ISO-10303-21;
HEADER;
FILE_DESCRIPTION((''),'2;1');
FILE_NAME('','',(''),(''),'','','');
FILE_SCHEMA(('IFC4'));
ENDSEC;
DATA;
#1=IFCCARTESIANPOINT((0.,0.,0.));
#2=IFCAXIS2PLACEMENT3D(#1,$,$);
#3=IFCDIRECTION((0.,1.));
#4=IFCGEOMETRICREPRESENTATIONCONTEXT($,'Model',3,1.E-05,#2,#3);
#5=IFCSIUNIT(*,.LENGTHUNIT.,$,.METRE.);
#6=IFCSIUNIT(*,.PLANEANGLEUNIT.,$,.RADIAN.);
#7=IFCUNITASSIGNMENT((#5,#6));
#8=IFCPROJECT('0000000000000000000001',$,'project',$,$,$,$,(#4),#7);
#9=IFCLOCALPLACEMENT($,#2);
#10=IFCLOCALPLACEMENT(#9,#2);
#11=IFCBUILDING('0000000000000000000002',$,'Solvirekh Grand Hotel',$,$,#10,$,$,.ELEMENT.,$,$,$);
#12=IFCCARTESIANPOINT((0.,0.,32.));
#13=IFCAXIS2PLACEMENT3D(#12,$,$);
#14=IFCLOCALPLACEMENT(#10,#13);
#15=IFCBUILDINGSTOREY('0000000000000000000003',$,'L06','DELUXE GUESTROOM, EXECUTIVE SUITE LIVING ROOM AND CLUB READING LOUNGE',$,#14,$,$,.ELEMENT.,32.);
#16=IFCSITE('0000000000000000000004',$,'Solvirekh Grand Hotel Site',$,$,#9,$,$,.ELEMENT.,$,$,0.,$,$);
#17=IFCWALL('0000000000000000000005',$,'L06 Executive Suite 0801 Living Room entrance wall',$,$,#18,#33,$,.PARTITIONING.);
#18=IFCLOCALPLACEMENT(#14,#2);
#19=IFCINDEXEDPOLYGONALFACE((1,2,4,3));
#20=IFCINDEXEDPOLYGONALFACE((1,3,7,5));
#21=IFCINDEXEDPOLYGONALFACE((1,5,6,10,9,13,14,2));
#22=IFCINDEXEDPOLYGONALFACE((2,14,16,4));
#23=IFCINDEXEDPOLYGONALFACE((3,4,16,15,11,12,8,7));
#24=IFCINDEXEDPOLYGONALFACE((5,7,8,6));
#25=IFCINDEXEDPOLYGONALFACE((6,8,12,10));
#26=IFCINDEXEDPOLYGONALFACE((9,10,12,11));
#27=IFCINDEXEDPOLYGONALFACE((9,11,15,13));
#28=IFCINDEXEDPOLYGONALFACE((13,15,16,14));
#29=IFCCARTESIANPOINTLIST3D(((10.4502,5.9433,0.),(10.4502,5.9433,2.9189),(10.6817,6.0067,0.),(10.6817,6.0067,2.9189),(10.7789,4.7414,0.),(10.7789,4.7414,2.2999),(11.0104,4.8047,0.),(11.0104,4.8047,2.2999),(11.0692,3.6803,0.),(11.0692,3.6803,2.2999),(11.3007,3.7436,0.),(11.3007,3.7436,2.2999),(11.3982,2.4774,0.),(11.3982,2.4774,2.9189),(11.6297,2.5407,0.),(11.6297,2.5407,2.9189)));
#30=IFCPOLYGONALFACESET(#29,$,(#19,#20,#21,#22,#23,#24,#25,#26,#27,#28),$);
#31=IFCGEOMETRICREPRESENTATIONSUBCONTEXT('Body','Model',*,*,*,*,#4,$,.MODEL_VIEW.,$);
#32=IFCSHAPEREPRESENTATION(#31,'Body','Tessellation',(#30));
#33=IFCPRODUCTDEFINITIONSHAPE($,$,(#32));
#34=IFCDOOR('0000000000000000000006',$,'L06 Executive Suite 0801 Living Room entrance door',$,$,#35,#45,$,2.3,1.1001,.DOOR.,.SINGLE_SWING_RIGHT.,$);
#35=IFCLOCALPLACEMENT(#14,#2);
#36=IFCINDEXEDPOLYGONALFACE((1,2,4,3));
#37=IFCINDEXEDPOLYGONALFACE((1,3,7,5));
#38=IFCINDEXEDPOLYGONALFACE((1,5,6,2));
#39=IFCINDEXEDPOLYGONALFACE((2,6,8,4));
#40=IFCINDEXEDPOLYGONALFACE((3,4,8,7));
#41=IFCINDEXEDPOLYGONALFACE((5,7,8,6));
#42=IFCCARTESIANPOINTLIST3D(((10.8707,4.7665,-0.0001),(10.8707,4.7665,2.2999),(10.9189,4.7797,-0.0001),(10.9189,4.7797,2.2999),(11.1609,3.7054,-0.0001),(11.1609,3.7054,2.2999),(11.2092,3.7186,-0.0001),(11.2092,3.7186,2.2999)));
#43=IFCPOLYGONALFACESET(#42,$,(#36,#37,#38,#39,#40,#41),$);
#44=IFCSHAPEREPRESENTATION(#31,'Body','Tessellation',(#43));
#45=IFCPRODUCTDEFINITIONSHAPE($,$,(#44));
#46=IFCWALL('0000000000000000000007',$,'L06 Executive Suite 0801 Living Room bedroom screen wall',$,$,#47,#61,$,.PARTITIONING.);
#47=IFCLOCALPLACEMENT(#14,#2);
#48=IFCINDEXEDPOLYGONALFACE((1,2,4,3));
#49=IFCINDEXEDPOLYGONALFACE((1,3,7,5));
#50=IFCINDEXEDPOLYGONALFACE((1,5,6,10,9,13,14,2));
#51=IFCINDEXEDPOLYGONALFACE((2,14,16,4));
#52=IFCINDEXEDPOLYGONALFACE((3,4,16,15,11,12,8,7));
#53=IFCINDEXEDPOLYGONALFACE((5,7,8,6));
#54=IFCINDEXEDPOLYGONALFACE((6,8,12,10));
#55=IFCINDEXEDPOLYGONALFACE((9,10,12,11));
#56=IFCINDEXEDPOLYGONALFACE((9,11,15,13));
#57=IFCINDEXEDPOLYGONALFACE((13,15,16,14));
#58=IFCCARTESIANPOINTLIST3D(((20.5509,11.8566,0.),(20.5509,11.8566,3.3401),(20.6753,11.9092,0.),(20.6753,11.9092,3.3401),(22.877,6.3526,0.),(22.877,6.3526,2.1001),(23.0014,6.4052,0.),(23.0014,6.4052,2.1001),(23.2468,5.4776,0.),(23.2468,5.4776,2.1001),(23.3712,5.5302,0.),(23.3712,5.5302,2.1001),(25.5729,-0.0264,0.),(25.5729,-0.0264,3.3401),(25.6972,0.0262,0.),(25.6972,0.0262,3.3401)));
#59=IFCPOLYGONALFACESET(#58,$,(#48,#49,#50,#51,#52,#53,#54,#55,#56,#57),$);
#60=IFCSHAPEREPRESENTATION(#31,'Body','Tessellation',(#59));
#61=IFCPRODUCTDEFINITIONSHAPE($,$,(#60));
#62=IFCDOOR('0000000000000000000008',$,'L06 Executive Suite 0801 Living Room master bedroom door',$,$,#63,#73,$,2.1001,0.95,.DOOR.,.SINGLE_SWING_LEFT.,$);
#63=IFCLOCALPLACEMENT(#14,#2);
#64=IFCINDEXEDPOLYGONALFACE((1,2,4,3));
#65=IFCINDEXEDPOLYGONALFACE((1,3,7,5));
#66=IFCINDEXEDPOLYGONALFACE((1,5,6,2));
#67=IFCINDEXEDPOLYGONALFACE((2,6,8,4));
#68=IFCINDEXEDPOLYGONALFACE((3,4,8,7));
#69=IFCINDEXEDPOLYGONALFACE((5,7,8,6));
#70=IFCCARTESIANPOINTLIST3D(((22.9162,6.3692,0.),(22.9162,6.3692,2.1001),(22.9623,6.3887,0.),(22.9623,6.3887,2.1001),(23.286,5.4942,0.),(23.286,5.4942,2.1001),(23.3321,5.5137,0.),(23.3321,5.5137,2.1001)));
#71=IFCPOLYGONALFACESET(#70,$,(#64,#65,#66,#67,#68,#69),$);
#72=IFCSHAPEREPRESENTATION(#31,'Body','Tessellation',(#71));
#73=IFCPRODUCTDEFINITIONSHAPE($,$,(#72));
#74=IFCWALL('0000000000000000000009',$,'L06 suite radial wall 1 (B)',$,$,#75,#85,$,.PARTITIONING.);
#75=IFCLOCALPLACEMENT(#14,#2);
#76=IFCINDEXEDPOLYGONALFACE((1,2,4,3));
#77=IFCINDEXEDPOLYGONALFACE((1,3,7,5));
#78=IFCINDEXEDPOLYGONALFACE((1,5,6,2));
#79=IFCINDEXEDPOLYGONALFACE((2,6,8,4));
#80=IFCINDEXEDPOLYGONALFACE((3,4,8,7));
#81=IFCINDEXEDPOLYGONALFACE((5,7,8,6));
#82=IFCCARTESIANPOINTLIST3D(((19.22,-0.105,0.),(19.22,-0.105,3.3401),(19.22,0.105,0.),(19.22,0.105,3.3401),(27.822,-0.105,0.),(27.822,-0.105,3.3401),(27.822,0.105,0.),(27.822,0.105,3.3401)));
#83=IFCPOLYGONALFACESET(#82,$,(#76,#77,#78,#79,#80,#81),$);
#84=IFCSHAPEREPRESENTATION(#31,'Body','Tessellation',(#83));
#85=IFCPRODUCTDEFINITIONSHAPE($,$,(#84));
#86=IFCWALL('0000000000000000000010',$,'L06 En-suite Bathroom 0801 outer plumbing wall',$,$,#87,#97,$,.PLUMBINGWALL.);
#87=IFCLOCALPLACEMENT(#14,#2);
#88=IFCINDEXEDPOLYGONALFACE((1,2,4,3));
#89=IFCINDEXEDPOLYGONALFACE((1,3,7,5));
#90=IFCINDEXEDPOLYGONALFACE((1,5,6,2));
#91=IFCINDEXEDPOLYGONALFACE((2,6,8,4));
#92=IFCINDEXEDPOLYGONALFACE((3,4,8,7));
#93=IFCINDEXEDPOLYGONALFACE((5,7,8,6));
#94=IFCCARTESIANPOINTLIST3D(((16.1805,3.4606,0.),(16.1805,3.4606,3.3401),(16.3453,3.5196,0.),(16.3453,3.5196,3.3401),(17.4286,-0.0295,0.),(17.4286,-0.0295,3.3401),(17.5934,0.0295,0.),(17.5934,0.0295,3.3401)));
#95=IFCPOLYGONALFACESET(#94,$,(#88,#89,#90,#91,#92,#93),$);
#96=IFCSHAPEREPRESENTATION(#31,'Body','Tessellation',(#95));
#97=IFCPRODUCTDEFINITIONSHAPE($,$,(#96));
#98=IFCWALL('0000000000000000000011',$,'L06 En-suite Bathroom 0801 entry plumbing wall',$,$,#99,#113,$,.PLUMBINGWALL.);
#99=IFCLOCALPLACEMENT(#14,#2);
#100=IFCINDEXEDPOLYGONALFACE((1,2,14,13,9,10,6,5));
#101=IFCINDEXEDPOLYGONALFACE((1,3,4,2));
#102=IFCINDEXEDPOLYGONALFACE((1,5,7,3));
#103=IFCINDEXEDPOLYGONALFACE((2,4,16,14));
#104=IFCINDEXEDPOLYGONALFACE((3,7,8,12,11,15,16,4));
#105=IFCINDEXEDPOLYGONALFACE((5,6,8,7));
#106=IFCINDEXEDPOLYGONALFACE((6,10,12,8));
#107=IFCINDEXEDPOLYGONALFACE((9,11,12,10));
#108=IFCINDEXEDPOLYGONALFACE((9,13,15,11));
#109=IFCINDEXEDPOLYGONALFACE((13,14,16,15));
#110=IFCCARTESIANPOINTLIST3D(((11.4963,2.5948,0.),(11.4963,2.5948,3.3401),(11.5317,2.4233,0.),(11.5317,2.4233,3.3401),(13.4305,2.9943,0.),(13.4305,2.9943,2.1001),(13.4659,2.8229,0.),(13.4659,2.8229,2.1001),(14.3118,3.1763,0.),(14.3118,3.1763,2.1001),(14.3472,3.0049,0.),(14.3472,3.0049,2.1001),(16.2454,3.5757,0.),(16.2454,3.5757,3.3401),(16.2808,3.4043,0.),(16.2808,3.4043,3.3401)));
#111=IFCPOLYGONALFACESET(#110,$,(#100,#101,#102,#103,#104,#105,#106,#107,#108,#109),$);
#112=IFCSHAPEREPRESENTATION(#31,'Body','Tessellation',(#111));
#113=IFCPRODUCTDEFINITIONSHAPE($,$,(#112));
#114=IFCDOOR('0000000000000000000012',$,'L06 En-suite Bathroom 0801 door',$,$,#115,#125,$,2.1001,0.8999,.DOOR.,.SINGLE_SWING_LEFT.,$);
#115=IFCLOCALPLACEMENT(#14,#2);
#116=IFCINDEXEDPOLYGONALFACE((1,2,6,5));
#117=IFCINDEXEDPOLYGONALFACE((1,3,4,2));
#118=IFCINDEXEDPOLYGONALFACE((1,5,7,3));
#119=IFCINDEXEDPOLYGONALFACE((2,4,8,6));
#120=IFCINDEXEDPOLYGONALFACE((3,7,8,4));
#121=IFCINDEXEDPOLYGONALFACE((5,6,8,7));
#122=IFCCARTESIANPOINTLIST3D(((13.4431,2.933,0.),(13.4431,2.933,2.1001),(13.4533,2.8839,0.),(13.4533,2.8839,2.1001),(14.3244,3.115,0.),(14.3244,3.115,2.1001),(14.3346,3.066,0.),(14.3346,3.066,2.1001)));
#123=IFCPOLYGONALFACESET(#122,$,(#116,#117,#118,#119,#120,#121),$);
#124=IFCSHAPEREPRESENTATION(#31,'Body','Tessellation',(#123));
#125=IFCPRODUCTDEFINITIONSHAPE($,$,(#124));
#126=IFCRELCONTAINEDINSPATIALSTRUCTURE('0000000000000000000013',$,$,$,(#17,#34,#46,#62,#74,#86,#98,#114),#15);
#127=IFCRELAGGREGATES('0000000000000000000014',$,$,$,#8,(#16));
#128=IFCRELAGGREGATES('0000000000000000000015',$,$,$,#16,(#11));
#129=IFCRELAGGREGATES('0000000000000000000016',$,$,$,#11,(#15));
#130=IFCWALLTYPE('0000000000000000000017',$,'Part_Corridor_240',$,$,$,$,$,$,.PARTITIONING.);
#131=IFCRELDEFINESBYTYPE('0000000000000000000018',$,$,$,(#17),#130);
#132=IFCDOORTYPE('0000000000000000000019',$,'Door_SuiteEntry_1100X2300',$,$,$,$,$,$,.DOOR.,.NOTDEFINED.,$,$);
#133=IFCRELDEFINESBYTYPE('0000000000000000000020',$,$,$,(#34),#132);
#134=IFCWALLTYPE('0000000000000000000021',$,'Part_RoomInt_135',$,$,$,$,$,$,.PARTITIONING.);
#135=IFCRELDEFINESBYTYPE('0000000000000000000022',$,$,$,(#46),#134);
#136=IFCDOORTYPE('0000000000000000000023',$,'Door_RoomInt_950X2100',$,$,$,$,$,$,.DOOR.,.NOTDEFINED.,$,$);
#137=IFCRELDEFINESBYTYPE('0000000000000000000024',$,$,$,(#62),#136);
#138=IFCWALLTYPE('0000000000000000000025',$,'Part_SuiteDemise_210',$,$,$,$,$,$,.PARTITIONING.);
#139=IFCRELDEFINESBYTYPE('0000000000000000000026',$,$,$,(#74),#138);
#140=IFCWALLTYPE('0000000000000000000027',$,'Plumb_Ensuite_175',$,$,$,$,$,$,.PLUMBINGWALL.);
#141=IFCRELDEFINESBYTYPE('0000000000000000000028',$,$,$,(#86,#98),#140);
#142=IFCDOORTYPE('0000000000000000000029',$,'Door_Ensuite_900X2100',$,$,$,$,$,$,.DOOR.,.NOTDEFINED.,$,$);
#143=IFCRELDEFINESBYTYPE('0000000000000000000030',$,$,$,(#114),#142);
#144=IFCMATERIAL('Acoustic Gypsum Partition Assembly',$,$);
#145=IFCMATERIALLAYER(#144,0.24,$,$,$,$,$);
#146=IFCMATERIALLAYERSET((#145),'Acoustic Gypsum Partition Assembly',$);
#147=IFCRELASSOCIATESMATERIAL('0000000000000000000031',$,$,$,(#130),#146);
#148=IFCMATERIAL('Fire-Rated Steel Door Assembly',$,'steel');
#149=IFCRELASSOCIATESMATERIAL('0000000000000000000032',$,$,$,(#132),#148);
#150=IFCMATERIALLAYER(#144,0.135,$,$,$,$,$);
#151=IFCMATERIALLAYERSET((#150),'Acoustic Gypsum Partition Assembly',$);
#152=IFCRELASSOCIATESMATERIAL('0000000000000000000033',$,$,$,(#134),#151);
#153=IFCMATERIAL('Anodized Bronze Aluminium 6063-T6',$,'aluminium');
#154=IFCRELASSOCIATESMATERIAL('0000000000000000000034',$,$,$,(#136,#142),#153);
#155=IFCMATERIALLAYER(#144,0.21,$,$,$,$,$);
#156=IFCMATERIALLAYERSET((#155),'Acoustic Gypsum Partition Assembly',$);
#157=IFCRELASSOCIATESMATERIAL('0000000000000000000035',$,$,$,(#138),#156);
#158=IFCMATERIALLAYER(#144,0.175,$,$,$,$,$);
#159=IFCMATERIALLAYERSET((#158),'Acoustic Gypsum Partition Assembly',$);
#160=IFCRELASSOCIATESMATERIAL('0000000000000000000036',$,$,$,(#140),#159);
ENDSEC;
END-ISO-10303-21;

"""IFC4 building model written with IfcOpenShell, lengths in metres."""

from ifc_helpers import new_model, si_unit, direction, frame, frame_2d, origin, place, context, subcontext, project, spatial, rectangle, extrude, material, layer, layer_set, type_object, element, fill, save


model = new_model("IFC4")

# Units and contexts
model_context = context("Model", 3, precision=1e-05, world=origin(), true_north=direction((0.0, 1.0)))
body_context = subcontext(model_context, "Body", "Model", "MODEL_VIEW")
ifc_project = project(units=[si_unit("LENGTHUNIT", "METRE"), si_unit("PLANEANGLEUNIT", "RADIAN")], contexts=[model_context])

# Site, building, storey
site_placement = place(None, origin())
site = spatial("IfcSite", under=ifc_project, at=site_placement, Name="Solvirekh Grand Hotel Site", CompositionType="ELEMENT", RefElevation=0.0)
building_placement = place(site_placement, origin())
building = spatial("IfcBuilding", under=site, at=building_placement, Name="Solvirekh Grand Hotel", CompositionType="ELEMENT")
storey_placement = place(building_placement, frame((0.0, 0.0, 32.0)))
storey = spatial("IfcBuildingStorey", under=building, at=storey_placement, Name="L06", Description="DELUXE GUESTROOM, EXECUTIVE SUITE LIVING ROOM AND CLUB READING LOUNGE", CompositionType="ELEMENT", Elevation=32.0)

# Shared definitions
ifc_material_1 = material(Name="Anodized Bronze Aluminium 6063-T6", Category="aluminium")

# Shared definitions
ifc_material_2 = material(Name="Acoustic Gypsum Partition Assembly")
ifc_layer_1 = layer(ifc_material_2, 0.24)
ifc_layer_set_1 = layer_set([ifc_layer_1], Name="Acoustic Gypsum Partition Assembly")
wall_type_1 = type_object("IfcWallType", Name="Part_Corridor_240", PredefinedType="PARTITIONING", material=ifc_layer_set_1)

# Walls, openings, doors
wall_1_placement = place(storey_placement, frame((11.5139, 2.509, 0.0), z_axis=(0.0, 0.0, 1.0), x_axis=(-0.263819, 0.964572, 0.0)))
wall_1 = element("IfcWall", 1, at=wall_1_placement, inside=storey, type_object=wall_type_1, Name="L06 Executive Suite 0801 Living Room entrance wall", PredefinedType="PARTITIONING", context=body_context, shape_type="SweptSolid", body=[
    extrude(rectangle(XDim=3.5933, YDim=0.24, at=frame_2d((1.7966, 0.0))), origin(), (0.0, 0.0, 1.0), 2.9189),
])
opening_1_placement = place(wall_1_placement, frame((1.2471, 0.0, 0.0)))
opening_1 = element("IfcOpeningElement", 2, at=opening_1_placement, cuts=wall_1, PredefinedType="OPENING", context=body_context, shape_type="SweptSolid", body=[
    extrude(rectangle(XDim=1.1001, YDim=2.3, at=frame_2d((0.55, 1.1499))), frame((0.0, 0.1299, 0.0), z_axis=(0.0, -1.0, 0.0), x_axis=(1.0, 0.0, 0.0)), (0.0, 0.0, 1.0), 0.26),
])
ifc_material_3 = material(Name="Fire-Rated Steel Door Assembly", Category="steel")
door_type_1 = type_object("IfcDoorType", Name="Door_SuiteEntry_1100X2300", OperationType="NOTDEFINED", PredefinedType="DOOR", material=ifc_material_3)
door_1_placement = place(opening_1_placement, origin())
door_1 = element("IfcDoor", 3, at=door_1_placement, inside=storey, type_object=door_type_1, Name="L06 Executive Suite 0801 Living Room entrance door", OperationType="SINGLE_SWING_RIGHT", OverallHeight=2.3, OverallWidth=1.1001, PredefinedType="DOOR", context=body_context, shape_type="SweptSolid", body=[
    extrude(rectangle(XDim=1.1001, YDim=2.3, at=frame_2d((0.55, 1.1499))), frame((0.0, 0.0249, 0.0), z_axis=(0.0, -1.0, 0.0), x_axis=(1.0, 0.0, 0.0)), (0.0, 0.0, 1.0), 0.05),
])
fill(opening_1, door_1)
ifc_layer_2 = layer(ifc_material_2, 0.135)
ifc_layer_set_2 = layer_set([ifc_layer_2], Name="Acoustic Gypsum Partition Assembly")
wall_type_2 = type_object("IfcWallType", Name="Part_RoomInt_135", PredefinedType="PARTITIONING", material=ifc_layer_set_2)
wall_2_placement = place(storey_placement, frame((25.635, 0.0, 0.0), z_axis=(0.0, 0.0, 1.0), x_axis=(-0.38928, 0.921119, 0.0)))
wall_2 = element("IfcWall", 4, at=wall_2_placement, inside=storey, type_object=wall_type_2, Name="L06 Executive Suite 0801 Living Room bedroom screen wall", PredefinedType="PARTITIONING", context=body_context, shape_type="SweptSolid", body=[
    extrude(rectangle(XDim=12.9006, YDim=0.135, at=frame_2d((6.4502, 0.0))), origin(), (0.0, 0.0, 1.0), 3.3401),
])
opening_2_placement = place(wall_2_placement, frame((5.9751, 0.0, 0.0)))
opening_2 = element("IfcOpeningElement", 5, at=opening_2_placement, cuts=wall_2, PredefinedType="OPENING", context=body_context, shape_type="SweptSolid", body=[
    extrude(rectangle(XDim=0.95, YDim=2.1001, at=frame_2d((0.4751, 1.05))), frame((0.0, 0.0776, 0.0), z_axis=(0.0, -1.0, 0.0), x_axis=(1.0, 0.0, 0.0)), (0.0, 0.0, 1.0), 0.155),
])
door_type_2 = type_object("IfcDoorType", Name="Door_RoomInt_950X2100", OperationType="NOTDEFINED", PredefinedType="DOOR", material=ifc_material_1)
door_2_placement = place(opening_2_placement, origin())
door_2 = element("IfcDoor", 6, at=door_2_placement, inside=storey, type_object=door_type_2, Name="L06 Executive Suite 0801 Living Room master bedroom door", OperationType="SINGLE_SWING_LEFT", OverallHeight=2.1001, OverallWidth=0.95, PredefinedType="DOOR", context=body_context, shape_type="SweptSolid", body=[
    extrude(rectangle(XDim=0.95, YDim=2.1001, at=frame_2d((0.4751, 1.05))), frame((0.0, 0.0249, 0.0), z_axis=(0.0, -1.0, 0.0), x_axis=(1.0, 0.0, 0.0)), (0.0, 0.0, 1.0), 0.05),
])
fill(opening_2, door_2)

# Walls
ifc_layer_3 = layer(ifc_material_2, 0.21)
ifc_layer_set_3 = layer_set([ifc_layer_3], Name="Acoustic Gypsum Partition Assembly")
wall_type_3 = type_object("IfcWallType", Name="Part_SuiteDemise_210", PredefinedType="PARTITIONING", material=ifc_layer_set_3)
wall_3_placement = place(storey_placement, frame((19.22, 0.0, 0.0), z_axis=(0.0, 0.0, 1.0), x_axis=(1.0, 0.0, 0.0)))
element("IfcWall", 7, at=wall_3_placement, inside=storey, type_object=wall_type_3, Name="L06 suite radial wall 1 (B)", PredefinedType="PARTITIONING", context=body_context, shape_type="SweptSolid", body=[
    extrude(rectangle(XDim=8.6021, YDim=0.21, at=frame_2d((4.301, 0.0))), origin(), (0.0, 0.0, 1.0), 3.3401),
])
ifc_layer_4 = layer(ifc_material_2, 0.175)
ifc_layer_set_4 = layer_set([ifc_layer_4], Name="Acoustic Gypsum Partition Assembly")
wall_type_4 = type_object("IfcWallType", Name="Plumb_Ensuite_175", PredefinedType="PLUMBINGWALL", material=ifc_layer_set_4)
wall_4_placement = place(storey_placement, frame((17.511, 0.0, 0.0), z_axis=(0.0, 0.0, 1.0), x_axis=(-0.336724, 0.941603, 0.0)))
element("IfcWall", 8, at=wall_4_placement, inside=storey, type_object=wall_type_4, Name="L06 En-suite Bathroom 0801 outer plumbing wall", PredefinedType="PLUMBINGWALL", context=body_context, shape_type="SweptSolid", body=[
    extrude(rectangle(XDim=3.7065, YDim=0.175, at=frame_2d((1.8533, 0.0))), origin(), (0.0, 0.0, 1.0), 3.3401),
])

# Wall, opening, door
wall_5_placement = place(storey_placement, frame((11.5139, 2.509, 0.0), z_axis=(0.0, 0.0, 1.0), x_axis=(0.979326, 0.202289, 0.0)))
wall_5 = element("IfcWall", 9, at=wall_5_placement, inside=storey, type_object=wall_type_4, Name="L06 En-suite Bathroom 0801 entry plumbing wall", PredefinedType="PLUMBINGWALL", context=body_context, shape_type="SweptSolid", body=[
    extrude(rectangle(XDim=4.8494, YDim=0.175, at=frame_2d((2.4248, 0.0))), origin(), (0.0, 0.0, 1.0), 3.3401),
])
opening_3_placement = place(wall_5_placement, frame((1.9751, 0.0, 0.0)))
opening_3 = element("IfcOpeningElement", 10, at=opening_3_placement, cuts=wall_5, PredefinedType="OPENING", context=body_context, shape_type="SweptSolid", body=[
    extrude(rectangle(XDim=0.8999, YDim=2.1001, at=frame_2d((0.45, 1.05))), frame((0.0, 0.0977, 0.0), z_axis=(0.0, -1.0, 0.0), x_axis=(1.0, 0.0, 0.0)), (0.0, 0.0, 1.0), 0.1951),
])
door_type_3 = type_object("IfcDoorType", Name="Door_Ensuite_900X2100", OperationType="NOTDEFINED", PredefinedType="DOOR", material=ifc_material_1)
door_3_placement = place(opening_3_placement, origin())
door_3 = element("IfcDoor", 11, at=door_3_placement, inside=storey, type_object=door_type_3, Name="L06 En-suite Bathroom 0801 door", OperationType="SINGLE_SWING_LEFT", OverallHeight=2.1001, OverallWidth=0.8999, PredefinedType="DOOR", context=body_context, shape_type="SweptSolid", body=[
    extrude(rectangle(XDim=0.8999, YDim=2.1001, at=frame_2d((0.45, 1.05))), frame((0.0, 0.0249, 0.0), z_axis=(0.0, -1.0, 0.0), x_axis=(1.0, 0.0, 0.0)), (0.0, 0.0, 1.0), 0.05),
])
fill(opening_3, door_3)

save(model, "model.ifc")
